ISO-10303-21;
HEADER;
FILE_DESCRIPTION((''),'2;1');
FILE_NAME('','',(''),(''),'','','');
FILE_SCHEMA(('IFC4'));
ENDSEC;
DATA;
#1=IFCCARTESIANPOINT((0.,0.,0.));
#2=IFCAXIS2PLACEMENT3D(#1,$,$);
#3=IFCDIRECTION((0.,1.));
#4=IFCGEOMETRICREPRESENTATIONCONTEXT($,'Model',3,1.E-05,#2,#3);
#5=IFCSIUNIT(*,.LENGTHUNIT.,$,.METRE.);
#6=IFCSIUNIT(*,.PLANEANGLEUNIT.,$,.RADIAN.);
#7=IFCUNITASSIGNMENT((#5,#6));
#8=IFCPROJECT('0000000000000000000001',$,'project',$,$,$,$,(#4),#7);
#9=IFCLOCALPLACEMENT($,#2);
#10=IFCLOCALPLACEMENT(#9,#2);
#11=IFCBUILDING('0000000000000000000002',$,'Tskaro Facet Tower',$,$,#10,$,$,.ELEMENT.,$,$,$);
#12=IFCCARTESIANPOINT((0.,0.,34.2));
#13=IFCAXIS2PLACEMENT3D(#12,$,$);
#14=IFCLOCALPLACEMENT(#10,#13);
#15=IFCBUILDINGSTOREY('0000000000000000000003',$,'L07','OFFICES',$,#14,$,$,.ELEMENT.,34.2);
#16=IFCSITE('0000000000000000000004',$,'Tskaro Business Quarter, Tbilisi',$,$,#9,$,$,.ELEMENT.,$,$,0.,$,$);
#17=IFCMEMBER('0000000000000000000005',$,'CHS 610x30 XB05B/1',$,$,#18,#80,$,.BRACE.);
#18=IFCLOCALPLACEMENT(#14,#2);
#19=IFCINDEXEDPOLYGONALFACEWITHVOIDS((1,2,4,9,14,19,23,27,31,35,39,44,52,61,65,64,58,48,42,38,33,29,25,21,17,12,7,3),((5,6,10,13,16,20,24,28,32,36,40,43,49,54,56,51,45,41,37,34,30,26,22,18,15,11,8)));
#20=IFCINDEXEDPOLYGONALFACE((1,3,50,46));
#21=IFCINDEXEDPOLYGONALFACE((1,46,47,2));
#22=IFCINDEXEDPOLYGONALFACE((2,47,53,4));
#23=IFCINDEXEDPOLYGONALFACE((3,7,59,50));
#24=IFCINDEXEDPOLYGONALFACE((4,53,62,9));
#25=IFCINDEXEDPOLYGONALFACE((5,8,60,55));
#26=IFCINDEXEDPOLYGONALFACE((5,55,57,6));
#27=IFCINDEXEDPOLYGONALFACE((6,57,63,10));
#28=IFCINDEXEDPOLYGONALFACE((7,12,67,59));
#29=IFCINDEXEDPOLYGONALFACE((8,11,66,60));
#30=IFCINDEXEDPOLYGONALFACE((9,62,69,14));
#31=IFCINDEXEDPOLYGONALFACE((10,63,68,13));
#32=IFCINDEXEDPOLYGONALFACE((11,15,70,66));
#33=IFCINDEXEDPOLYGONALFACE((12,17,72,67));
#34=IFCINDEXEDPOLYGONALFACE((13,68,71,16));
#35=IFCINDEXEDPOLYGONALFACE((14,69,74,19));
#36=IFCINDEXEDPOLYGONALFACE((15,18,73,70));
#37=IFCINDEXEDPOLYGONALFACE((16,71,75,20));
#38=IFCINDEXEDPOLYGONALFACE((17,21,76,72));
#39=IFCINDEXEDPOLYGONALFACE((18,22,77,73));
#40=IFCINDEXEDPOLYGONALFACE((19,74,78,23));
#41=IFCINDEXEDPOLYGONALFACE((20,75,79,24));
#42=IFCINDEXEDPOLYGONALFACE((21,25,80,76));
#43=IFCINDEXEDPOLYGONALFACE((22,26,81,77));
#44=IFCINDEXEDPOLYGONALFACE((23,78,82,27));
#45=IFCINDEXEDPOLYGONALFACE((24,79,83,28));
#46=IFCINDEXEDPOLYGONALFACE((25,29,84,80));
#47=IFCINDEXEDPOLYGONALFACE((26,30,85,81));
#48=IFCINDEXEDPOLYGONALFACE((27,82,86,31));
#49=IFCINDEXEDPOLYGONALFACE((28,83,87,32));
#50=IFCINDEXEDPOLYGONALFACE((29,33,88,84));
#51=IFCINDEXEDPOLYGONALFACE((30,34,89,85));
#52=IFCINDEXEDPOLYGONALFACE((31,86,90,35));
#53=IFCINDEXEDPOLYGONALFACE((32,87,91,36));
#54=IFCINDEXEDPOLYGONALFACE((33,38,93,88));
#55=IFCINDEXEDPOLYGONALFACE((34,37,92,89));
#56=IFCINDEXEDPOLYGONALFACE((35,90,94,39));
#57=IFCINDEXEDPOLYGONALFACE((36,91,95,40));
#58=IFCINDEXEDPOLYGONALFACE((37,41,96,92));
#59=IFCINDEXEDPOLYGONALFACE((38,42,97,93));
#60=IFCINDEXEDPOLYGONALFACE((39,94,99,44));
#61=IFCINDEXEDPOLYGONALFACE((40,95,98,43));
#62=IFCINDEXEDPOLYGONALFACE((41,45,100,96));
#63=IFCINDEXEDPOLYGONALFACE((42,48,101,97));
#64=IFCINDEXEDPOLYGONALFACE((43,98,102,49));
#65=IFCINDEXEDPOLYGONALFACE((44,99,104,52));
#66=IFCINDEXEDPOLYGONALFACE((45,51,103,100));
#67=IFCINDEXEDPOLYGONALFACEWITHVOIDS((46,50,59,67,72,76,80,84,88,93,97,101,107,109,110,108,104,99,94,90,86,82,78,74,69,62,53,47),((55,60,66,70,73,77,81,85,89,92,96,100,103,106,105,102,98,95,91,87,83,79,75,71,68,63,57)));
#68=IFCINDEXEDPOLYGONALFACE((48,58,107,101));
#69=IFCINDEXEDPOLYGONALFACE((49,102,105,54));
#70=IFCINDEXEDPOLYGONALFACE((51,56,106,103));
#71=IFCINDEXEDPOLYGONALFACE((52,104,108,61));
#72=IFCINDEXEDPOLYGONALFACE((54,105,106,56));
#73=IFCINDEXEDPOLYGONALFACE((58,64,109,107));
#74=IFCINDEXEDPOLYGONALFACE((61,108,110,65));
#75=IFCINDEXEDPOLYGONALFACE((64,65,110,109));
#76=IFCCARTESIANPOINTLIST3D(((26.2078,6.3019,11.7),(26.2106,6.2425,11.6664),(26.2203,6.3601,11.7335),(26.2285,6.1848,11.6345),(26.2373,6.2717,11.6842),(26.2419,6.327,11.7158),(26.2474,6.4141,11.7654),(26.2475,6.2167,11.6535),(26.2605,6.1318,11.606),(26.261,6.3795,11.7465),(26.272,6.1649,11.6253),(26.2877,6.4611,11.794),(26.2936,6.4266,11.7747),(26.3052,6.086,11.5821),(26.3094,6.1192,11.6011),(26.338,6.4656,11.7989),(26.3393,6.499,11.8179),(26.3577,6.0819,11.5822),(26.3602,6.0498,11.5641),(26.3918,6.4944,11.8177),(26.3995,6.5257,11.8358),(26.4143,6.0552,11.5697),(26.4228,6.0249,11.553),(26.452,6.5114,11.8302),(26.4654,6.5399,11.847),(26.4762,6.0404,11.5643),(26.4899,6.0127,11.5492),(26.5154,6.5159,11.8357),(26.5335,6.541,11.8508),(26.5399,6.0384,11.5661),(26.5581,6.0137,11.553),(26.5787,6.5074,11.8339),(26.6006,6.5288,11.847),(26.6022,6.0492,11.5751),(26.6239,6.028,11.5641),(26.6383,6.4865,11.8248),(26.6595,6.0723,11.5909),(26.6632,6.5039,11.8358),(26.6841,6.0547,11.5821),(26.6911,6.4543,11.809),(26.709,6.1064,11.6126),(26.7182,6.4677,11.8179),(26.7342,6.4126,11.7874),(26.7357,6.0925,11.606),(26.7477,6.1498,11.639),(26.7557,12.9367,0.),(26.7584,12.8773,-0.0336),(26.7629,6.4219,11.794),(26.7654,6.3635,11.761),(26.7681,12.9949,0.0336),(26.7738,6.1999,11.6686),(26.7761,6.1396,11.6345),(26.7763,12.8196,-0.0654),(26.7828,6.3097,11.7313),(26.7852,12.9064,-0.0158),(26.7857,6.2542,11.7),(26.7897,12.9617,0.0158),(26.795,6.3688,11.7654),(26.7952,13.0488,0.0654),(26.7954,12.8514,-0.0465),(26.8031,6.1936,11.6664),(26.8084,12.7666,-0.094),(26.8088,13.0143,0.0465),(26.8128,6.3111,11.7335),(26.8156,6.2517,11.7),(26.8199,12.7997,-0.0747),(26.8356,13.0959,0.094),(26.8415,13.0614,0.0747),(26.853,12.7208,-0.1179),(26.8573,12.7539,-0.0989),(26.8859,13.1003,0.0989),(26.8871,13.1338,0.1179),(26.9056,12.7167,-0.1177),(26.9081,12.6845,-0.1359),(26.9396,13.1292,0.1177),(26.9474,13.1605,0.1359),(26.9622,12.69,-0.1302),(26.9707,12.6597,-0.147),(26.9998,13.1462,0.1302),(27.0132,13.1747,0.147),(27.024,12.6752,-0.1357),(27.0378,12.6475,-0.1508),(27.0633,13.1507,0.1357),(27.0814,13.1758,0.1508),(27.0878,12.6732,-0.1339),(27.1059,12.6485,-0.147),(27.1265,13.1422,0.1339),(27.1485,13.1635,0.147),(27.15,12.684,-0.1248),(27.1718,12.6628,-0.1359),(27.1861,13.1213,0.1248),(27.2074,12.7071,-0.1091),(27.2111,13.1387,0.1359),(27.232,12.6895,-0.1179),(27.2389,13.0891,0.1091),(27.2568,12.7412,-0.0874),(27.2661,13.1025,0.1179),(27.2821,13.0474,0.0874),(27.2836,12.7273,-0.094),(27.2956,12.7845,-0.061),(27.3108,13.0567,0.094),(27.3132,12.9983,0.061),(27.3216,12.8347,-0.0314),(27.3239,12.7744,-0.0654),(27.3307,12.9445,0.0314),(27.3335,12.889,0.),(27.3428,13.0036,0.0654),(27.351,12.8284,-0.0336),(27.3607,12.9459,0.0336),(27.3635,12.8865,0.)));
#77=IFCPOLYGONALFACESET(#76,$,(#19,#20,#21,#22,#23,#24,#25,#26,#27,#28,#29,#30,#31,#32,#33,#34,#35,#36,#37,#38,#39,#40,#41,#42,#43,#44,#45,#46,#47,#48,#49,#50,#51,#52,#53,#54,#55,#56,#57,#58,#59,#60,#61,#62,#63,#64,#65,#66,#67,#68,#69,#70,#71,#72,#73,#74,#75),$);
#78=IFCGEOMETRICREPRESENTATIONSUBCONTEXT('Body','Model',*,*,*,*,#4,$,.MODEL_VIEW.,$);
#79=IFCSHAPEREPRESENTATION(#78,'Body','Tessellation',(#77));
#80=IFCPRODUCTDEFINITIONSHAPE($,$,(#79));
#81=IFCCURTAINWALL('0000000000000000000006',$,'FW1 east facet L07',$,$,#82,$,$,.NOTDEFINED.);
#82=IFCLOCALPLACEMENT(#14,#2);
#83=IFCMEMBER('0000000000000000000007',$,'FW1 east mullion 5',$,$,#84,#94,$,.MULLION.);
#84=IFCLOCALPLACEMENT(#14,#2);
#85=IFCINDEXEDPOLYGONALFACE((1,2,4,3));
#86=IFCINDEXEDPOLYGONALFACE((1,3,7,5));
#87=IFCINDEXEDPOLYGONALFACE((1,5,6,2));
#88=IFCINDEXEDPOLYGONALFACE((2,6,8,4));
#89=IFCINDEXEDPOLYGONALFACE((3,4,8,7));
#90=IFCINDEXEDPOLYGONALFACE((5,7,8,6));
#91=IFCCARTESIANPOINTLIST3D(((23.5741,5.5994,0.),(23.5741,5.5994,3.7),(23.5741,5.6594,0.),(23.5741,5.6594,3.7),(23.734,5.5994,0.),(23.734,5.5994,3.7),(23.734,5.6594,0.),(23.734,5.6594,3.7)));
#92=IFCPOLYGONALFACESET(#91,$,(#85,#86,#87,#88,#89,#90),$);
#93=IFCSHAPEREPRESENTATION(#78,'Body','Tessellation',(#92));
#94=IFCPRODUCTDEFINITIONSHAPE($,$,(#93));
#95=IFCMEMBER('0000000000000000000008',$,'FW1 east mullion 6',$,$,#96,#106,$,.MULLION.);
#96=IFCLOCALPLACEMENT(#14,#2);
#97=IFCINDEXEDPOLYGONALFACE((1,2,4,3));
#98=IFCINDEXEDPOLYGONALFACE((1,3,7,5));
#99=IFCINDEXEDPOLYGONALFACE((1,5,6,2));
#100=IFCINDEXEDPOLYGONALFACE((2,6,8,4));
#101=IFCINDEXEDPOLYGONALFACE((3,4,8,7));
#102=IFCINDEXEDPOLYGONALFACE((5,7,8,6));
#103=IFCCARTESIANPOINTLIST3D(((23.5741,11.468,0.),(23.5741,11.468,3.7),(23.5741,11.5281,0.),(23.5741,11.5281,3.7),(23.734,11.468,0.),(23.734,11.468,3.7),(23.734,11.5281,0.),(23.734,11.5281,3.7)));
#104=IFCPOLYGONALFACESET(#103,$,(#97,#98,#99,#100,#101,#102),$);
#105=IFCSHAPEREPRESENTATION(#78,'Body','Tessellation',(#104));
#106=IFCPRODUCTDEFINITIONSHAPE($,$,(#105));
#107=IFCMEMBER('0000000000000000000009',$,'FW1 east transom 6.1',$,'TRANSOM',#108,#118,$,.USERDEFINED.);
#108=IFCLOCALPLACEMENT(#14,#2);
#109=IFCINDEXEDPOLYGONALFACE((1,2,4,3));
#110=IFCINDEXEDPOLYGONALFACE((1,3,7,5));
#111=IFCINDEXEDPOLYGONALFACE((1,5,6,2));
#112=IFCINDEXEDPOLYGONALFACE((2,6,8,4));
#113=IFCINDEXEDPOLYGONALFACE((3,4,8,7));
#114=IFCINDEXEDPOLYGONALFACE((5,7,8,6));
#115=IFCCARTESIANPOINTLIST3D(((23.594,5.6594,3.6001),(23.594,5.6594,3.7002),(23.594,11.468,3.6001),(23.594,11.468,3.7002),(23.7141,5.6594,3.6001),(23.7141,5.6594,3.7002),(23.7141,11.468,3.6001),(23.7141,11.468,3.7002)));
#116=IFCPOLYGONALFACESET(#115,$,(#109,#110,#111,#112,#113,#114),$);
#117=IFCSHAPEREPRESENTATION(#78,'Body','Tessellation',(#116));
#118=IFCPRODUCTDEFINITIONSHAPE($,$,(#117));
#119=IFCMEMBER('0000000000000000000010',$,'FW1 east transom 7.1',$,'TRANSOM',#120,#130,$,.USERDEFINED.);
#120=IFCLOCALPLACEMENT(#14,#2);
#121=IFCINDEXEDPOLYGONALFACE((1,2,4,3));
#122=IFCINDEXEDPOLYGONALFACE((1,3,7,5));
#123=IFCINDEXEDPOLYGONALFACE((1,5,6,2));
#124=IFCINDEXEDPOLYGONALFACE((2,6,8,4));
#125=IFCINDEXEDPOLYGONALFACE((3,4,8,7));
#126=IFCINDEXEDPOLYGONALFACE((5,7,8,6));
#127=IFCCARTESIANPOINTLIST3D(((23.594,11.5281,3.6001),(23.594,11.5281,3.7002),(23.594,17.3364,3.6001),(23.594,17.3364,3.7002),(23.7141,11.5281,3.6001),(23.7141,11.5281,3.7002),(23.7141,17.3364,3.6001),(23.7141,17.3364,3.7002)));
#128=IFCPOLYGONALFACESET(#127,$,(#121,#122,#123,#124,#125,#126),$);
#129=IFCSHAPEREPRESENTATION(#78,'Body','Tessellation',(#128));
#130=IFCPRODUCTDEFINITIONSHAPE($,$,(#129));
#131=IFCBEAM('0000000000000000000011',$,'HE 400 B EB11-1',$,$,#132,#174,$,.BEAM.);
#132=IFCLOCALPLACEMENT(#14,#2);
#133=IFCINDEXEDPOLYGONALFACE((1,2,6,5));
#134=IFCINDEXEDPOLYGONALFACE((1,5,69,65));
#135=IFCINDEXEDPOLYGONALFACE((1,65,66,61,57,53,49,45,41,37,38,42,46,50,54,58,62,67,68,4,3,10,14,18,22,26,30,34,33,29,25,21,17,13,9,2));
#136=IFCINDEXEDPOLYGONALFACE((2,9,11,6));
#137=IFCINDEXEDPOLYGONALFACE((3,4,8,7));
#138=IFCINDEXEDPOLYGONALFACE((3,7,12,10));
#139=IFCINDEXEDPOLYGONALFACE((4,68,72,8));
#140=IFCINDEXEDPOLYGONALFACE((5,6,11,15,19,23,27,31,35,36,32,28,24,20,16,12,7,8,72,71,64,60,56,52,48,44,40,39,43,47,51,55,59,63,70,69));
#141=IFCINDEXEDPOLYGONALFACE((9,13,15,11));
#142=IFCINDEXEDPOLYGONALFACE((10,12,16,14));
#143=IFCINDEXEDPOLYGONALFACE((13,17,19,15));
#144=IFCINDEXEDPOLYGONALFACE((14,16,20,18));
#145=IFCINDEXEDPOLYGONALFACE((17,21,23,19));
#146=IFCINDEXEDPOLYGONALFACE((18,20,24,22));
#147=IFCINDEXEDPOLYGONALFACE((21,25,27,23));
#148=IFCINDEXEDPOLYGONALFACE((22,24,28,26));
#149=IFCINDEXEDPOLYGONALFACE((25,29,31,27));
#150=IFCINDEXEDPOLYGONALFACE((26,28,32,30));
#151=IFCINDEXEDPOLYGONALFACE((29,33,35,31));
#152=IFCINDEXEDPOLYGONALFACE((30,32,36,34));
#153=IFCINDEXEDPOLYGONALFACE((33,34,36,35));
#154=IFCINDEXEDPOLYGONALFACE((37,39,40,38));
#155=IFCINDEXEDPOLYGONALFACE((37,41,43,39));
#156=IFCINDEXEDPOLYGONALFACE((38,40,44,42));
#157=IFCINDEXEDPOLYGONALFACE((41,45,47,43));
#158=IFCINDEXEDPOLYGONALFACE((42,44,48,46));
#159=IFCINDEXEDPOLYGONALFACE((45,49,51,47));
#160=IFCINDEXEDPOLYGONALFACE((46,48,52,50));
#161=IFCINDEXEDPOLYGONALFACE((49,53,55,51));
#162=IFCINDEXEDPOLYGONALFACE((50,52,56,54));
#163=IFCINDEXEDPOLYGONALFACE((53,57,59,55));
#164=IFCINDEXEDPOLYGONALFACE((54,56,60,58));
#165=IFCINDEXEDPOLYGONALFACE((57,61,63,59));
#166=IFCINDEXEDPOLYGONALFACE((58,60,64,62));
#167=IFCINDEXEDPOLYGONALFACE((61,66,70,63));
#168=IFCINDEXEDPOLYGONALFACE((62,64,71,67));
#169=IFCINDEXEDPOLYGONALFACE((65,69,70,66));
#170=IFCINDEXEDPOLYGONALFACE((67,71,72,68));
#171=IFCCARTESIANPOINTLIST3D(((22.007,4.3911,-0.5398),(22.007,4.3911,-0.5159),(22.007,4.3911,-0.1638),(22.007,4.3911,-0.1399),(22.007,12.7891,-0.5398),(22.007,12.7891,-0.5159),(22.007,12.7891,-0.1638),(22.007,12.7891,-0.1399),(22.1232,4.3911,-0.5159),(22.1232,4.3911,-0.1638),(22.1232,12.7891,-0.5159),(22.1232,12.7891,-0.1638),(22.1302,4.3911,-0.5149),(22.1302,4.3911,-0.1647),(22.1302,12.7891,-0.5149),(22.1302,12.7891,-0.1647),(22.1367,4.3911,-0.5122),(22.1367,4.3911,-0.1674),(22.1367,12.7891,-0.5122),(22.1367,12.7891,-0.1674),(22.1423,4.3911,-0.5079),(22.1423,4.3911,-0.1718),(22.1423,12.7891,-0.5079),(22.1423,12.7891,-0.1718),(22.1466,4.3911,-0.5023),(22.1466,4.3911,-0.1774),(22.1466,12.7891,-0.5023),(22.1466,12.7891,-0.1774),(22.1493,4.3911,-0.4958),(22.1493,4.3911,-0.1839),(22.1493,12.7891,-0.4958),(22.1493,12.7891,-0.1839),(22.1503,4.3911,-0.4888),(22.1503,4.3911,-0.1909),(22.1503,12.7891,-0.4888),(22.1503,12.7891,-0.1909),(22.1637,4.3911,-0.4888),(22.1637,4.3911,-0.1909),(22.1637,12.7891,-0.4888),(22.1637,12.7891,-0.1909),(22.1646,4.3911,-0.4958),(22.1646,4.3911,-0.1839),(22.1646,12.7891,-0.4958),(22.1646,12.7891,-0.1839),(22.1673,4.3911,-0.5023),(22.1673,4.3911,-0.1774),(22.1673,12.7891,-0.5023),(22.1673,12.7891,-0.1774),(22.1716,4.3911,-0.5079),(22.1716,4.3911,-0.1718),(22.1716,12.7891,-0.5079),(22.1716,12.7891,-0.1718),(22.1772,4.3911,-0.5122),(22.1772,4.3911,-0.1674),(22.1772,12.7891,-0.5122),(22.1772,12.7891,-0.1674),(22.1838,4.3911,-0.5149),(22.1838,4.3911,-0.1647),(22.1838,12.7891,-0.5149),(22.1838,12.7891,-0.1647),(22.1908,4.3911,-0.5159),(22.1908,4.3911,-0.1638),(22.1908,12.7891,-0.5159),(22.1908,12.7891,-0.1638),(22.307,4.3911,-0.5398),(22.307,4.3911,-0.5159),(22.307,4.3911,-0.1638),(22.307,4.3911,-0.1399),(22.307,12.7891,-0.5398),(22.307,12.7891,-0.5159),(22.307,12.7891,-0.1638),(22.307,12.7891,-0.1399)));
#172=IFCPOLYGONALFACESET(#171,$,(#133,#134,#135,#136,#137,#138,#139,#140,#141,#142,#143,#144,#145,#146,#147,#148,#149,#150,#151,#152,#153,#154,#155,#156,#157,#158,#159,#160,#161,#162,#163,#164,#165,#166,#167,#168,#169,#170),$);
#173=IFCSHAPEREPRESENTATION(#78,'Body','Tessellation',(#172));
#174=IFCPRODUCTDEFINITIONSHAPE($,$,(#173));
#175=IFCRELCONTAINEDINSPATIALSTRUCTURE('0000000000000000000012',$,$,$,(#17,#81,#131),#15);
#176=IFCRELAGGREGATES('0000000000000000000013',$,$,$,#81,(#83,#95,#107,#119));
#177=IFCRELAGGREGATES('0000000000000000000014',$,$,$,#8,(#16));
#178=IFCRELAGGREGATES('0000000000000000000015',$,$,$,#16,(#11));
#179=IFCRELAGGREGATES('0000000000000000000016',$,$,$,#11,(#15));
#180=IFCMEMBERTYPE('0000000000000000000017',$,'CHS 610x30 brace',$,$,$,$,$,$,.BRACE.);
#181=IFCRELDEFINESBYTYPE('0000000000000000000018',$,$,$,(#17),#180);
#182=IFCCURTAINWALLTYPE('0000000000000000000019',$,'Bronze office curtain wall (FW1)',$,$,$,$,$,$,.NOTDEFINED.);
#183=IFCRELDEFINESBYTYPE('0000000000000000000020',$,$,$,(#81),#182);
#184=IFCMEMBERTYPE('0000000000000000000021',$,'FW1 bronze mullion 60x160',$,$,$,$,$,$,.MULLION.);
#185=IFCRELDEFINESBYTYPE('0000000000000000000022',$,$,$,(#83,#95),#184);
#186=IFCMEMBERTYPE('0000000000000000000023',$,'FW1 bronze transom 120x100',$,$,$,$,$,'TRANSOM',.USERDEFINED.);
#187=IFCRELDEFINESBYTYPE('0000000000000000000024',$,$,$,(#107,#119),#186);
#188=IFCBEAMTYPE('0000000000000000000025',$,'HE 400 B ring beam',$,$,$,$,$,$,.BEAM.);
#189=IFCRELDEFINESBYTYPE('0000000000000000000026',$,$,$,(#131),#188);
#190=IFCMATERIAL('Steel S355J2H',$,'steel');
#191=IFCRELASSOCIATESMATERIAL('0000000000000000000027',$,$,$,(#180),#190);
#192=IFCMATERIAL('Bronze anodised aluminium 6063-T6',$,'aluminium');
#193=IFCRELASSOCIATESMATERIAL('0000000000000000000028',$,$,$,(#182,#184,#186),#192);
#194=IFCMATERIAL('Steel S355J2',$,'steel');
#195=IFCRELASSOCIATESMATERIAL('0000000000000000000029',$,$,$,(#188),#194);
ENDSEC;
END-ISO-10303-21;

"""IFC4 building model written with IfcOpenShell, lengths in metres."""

from ifc_helpers import new_model, si_unit, direction, frame, origin, origin_2d, place, context, subcontext, project, spatial, rectangle, hollow_circle, i_section, extrude, material, material_profile, profile_set, type_object, element, aggregate, save


model = new_model("IFC4")

# Units and contexts
model_context = context("Model", 3, precision=1e-05, world=origin(), true_north=direction((0.0, 1.0)))
body_context = subcontext(model_context, "Body", "Model", "MODEL_VIEW")
ifc_project = project(units=[si_unit("LENGTHUNIT", "METRE"), si_unit("PLANEANGLEUNIT", "RADIAN")], contexts=[model_context])

# Site, building, storey
site_placement = place(None, origin())
site = spatial("IfcSite", under=ifc_project, at=site_placement, Name="Tskaro Business Quarter, Tbilisi", CompositionType="ELEMENT", RefElevation=0.0)
building_placement = place(site_placement, origin())
building = spatial("IfcBuilding", under=site, at=building_placement, Name="Tskaro Facet Tower", CompositionType="ELEMENT")
storey_placement = place(building_placement, frame((0.0, 0.0, 34.2)))
storey = spatial("IfcBuildingStorey", under=building, at=storey_placement, Name="L07", Description="OFFICES", CompositionType="ELEMENT", Elevation=34.2)

# Shared definitions
ifc_material_1 = material(Name="Steel S355J2H", Category="steel")

# Member
ifc_material_profile_1 = material_profile(ifc_material_1, hollow_circle(Radius=0.3049, WallThickness=0.03, at=origin_2d()), Name="CHS 610x30")
ifc_profile_set_1 = profile_set([ifc_material_profile_1], Name="Steel S355J2H")
member_type_1 = type_object("IfcMemberType", Name="CHS 610x30 brace", PredefinedType="BRACE", material=ifc_profile_set_1)
member_1_placement = place(storey_placement, frame((27.0596, 12.9116, 0.0), z_axis=(-0.040698, -0.492874, 0.869149), x_axis=(0.996608, -0.082293, 0.0)))
element("IfcMember", 1, at=member_1_placement, inside=storey, type_object=member_type_1, Name="CHS 610x30 XB05B/1", PredefinedType="BRACE", context=body_context, shape_type="SweptSolid", body=[
    extrude(hollow_circle(Radius=0.3049, WallThickness=0.03, at=origin_2d()), origin(), (0.0, 0.0, 1.0), 13.4614),
])

# Curtain wall, members
ifc_material_2 = material(Name="Bronze anodised aluminium 6063-T6", Category="aluminium")
curtain_wall_type = type_object("IfcCurtainWallType", Name="Bronze office curtain wall (FW1)", PredefinedType="NOTDEFINED", material=ifc_material_2)
curtain_wall_placement = place(storey_placement, origin())
curtain_wall = element("IfcCurtainWall", 2, at=curtain_wall_placement, inside=storey, type_object=curtain_wall_type, Name="FW1 east facet L07", PredefinedType="NOTDEFINED")
ifc_material_profile_2 = material_profile(ifc_material_2, rectangle(XDim=0.0601, YDim=0.1599, at=origin_2d()), Name="Mullion 60x160")
ifc_profile_set_2 = profile_set([ifc_material_profile_2], Name="Bronze anodised aluminium 6063-T6")
member_type_2 = type_object("IfcMemberType", Name="FW1 bronze mullion 60x160", PredefinedType="MULLION", material=ifc_profile_set_2)
member_2_placement = place(storey_placement, frame((23.6541, 5.6294, 0.0), z_axis=(0.0, 0.0, 1.0), x_axis=(0.0, 1.0, 0.0)))
member_2 = element("IfcMember", 3, at=member_2_placement, type_object=member_type_2, Name="FW1 east mullion 5", PredefinedType="MULLION", context=body_context, shape_type="SweptSolid", body=[
    extrude(rectangle(XDim=0.0601, YDim=0.1599, at=origin_2d()), origin(), (0.0, 0.0, 1.0), 3.7),
])
member_3_placement = place(storey_placement, frame((23.6541, 11.498, 0.0), z_axis=(0.0, 0.0, 1.0), x_axis=(0.0, 1.0, 0.0)))
member_3 = element("IfcMember", 4, at=member_3_placement, type_object=member_type_2, Name="FW1 east mullion 6", PredefinedType="MULLION", context=body_context, shape_type="SweptSolid", body=[
    extrude(rectangle(XDim=0.0601, YDim=0.1599, at=origin_2d()), origin(), (0.0, 0.0, 1.0), 3.7),
])
ifc_material_profile_3 = material_profile(ifc_material_2, rectangle(XDim=0.1201, YDim=0.1001, at=origin_2d()), Name="Transom 120x100")
ifc_profile_set_3 = profile_set([ifc_material_profile_3], Name="Bronze anodised aluminium 6063-T6")
member_type_3 = type_object("IfcMemberType", Name="FW1 bronze transom 120x100", ElementType="TRANSOM", PredefinedType="USERDEFINED", material=ifc_profile_set_3)
member_4_placement = place(storey_placement, frame((23.6541, 5.6594, 3.6501), z_axis=(0.0, 1.0, 0.0), x_axis=(-1.0, 0.0, 0.0)))
member_4 = element("IfcMember", 5, at=member_4_placement, type_object=member_type_3, Name="FW1 east transom 6.1", ObjectType="TRANSOM", PredefinedType="USERDEFINED", context=body_context, shape_type="SweptSolid", body=[
    extrude(rectangle(XDim=0.1201, YDim=0.1001, at=origin_2d()), origin(), (0.0, 0.0, 1.0), 5.8086),
])
member_5_placement = place(storey_placement, frame((23.6541, 11.5281, 3.6501), z_axis=(0.0, 1.0, 0.0), x_axis=(-1.0, 0.0, 0.0)))
member_5 = element("IfcMember", 6, at=member_5_placement, type_object=member_type_3, Name="FW1 east transom 7.1", ObjectType="TRANSOM", PredefinedType="USERDEFINED", context=body_context, shape_type="SweptSolid", body=[
    extrude(rectangle(XDim=0.1201, YDim=0.1001, at=origin_2d()), origin(), (0.0, 0.0, 1.0), 5.8083),
])

# Beam
ifc_material_3 = material(Name="Steel S355J2", Category="steel")
ifc_material_profile_4 = material_profile(ifc_material_3, i_section(OverallWidth=0.3, OverallDepth=0.3999, WebThickness=0.0134, FlangeThickness=0.0239, FilletRadius=0.0271, at=origin_2d()), Name="HE 400 B")
ifc_profile_set_4 = profile_set([ifc_material_profile_4], Name="Steel S355J2")
beam_type_1 = type_object("IfcBeamType", Name="HE 400 B ring beam", PredefinedType="BEAM", material=ifc_profile_set_4)
beam_1_placement = place(storey_placement, frame((22.157, 4.3911, -0.3398), z_axis=(0.0, 1.0, 0.0), x_axis=(-1.0, 0.0, 0.0)))
element("IfcBeam", 7, at=beam_1_placement, inside=storey, type_object=beam_type_1, Name="HE 400 B EB11-1", PredefinedType="BEAM", context=body_context, shape_type="SweptSolid", body=[
    extrude(i_section(OverallWidth=0.3, OverallDepth=0.3999, WebThickness=0.0134, FlangeThickness=0.0239, FilletRadius=0.0271, at=origin_2d()), origin(), (0.0, 0.0, 1.0), 8.3979),
])

aggregate(curtain_wall, [member_2, member_3, member_4, member_5])

save(model, "model.ifc")
